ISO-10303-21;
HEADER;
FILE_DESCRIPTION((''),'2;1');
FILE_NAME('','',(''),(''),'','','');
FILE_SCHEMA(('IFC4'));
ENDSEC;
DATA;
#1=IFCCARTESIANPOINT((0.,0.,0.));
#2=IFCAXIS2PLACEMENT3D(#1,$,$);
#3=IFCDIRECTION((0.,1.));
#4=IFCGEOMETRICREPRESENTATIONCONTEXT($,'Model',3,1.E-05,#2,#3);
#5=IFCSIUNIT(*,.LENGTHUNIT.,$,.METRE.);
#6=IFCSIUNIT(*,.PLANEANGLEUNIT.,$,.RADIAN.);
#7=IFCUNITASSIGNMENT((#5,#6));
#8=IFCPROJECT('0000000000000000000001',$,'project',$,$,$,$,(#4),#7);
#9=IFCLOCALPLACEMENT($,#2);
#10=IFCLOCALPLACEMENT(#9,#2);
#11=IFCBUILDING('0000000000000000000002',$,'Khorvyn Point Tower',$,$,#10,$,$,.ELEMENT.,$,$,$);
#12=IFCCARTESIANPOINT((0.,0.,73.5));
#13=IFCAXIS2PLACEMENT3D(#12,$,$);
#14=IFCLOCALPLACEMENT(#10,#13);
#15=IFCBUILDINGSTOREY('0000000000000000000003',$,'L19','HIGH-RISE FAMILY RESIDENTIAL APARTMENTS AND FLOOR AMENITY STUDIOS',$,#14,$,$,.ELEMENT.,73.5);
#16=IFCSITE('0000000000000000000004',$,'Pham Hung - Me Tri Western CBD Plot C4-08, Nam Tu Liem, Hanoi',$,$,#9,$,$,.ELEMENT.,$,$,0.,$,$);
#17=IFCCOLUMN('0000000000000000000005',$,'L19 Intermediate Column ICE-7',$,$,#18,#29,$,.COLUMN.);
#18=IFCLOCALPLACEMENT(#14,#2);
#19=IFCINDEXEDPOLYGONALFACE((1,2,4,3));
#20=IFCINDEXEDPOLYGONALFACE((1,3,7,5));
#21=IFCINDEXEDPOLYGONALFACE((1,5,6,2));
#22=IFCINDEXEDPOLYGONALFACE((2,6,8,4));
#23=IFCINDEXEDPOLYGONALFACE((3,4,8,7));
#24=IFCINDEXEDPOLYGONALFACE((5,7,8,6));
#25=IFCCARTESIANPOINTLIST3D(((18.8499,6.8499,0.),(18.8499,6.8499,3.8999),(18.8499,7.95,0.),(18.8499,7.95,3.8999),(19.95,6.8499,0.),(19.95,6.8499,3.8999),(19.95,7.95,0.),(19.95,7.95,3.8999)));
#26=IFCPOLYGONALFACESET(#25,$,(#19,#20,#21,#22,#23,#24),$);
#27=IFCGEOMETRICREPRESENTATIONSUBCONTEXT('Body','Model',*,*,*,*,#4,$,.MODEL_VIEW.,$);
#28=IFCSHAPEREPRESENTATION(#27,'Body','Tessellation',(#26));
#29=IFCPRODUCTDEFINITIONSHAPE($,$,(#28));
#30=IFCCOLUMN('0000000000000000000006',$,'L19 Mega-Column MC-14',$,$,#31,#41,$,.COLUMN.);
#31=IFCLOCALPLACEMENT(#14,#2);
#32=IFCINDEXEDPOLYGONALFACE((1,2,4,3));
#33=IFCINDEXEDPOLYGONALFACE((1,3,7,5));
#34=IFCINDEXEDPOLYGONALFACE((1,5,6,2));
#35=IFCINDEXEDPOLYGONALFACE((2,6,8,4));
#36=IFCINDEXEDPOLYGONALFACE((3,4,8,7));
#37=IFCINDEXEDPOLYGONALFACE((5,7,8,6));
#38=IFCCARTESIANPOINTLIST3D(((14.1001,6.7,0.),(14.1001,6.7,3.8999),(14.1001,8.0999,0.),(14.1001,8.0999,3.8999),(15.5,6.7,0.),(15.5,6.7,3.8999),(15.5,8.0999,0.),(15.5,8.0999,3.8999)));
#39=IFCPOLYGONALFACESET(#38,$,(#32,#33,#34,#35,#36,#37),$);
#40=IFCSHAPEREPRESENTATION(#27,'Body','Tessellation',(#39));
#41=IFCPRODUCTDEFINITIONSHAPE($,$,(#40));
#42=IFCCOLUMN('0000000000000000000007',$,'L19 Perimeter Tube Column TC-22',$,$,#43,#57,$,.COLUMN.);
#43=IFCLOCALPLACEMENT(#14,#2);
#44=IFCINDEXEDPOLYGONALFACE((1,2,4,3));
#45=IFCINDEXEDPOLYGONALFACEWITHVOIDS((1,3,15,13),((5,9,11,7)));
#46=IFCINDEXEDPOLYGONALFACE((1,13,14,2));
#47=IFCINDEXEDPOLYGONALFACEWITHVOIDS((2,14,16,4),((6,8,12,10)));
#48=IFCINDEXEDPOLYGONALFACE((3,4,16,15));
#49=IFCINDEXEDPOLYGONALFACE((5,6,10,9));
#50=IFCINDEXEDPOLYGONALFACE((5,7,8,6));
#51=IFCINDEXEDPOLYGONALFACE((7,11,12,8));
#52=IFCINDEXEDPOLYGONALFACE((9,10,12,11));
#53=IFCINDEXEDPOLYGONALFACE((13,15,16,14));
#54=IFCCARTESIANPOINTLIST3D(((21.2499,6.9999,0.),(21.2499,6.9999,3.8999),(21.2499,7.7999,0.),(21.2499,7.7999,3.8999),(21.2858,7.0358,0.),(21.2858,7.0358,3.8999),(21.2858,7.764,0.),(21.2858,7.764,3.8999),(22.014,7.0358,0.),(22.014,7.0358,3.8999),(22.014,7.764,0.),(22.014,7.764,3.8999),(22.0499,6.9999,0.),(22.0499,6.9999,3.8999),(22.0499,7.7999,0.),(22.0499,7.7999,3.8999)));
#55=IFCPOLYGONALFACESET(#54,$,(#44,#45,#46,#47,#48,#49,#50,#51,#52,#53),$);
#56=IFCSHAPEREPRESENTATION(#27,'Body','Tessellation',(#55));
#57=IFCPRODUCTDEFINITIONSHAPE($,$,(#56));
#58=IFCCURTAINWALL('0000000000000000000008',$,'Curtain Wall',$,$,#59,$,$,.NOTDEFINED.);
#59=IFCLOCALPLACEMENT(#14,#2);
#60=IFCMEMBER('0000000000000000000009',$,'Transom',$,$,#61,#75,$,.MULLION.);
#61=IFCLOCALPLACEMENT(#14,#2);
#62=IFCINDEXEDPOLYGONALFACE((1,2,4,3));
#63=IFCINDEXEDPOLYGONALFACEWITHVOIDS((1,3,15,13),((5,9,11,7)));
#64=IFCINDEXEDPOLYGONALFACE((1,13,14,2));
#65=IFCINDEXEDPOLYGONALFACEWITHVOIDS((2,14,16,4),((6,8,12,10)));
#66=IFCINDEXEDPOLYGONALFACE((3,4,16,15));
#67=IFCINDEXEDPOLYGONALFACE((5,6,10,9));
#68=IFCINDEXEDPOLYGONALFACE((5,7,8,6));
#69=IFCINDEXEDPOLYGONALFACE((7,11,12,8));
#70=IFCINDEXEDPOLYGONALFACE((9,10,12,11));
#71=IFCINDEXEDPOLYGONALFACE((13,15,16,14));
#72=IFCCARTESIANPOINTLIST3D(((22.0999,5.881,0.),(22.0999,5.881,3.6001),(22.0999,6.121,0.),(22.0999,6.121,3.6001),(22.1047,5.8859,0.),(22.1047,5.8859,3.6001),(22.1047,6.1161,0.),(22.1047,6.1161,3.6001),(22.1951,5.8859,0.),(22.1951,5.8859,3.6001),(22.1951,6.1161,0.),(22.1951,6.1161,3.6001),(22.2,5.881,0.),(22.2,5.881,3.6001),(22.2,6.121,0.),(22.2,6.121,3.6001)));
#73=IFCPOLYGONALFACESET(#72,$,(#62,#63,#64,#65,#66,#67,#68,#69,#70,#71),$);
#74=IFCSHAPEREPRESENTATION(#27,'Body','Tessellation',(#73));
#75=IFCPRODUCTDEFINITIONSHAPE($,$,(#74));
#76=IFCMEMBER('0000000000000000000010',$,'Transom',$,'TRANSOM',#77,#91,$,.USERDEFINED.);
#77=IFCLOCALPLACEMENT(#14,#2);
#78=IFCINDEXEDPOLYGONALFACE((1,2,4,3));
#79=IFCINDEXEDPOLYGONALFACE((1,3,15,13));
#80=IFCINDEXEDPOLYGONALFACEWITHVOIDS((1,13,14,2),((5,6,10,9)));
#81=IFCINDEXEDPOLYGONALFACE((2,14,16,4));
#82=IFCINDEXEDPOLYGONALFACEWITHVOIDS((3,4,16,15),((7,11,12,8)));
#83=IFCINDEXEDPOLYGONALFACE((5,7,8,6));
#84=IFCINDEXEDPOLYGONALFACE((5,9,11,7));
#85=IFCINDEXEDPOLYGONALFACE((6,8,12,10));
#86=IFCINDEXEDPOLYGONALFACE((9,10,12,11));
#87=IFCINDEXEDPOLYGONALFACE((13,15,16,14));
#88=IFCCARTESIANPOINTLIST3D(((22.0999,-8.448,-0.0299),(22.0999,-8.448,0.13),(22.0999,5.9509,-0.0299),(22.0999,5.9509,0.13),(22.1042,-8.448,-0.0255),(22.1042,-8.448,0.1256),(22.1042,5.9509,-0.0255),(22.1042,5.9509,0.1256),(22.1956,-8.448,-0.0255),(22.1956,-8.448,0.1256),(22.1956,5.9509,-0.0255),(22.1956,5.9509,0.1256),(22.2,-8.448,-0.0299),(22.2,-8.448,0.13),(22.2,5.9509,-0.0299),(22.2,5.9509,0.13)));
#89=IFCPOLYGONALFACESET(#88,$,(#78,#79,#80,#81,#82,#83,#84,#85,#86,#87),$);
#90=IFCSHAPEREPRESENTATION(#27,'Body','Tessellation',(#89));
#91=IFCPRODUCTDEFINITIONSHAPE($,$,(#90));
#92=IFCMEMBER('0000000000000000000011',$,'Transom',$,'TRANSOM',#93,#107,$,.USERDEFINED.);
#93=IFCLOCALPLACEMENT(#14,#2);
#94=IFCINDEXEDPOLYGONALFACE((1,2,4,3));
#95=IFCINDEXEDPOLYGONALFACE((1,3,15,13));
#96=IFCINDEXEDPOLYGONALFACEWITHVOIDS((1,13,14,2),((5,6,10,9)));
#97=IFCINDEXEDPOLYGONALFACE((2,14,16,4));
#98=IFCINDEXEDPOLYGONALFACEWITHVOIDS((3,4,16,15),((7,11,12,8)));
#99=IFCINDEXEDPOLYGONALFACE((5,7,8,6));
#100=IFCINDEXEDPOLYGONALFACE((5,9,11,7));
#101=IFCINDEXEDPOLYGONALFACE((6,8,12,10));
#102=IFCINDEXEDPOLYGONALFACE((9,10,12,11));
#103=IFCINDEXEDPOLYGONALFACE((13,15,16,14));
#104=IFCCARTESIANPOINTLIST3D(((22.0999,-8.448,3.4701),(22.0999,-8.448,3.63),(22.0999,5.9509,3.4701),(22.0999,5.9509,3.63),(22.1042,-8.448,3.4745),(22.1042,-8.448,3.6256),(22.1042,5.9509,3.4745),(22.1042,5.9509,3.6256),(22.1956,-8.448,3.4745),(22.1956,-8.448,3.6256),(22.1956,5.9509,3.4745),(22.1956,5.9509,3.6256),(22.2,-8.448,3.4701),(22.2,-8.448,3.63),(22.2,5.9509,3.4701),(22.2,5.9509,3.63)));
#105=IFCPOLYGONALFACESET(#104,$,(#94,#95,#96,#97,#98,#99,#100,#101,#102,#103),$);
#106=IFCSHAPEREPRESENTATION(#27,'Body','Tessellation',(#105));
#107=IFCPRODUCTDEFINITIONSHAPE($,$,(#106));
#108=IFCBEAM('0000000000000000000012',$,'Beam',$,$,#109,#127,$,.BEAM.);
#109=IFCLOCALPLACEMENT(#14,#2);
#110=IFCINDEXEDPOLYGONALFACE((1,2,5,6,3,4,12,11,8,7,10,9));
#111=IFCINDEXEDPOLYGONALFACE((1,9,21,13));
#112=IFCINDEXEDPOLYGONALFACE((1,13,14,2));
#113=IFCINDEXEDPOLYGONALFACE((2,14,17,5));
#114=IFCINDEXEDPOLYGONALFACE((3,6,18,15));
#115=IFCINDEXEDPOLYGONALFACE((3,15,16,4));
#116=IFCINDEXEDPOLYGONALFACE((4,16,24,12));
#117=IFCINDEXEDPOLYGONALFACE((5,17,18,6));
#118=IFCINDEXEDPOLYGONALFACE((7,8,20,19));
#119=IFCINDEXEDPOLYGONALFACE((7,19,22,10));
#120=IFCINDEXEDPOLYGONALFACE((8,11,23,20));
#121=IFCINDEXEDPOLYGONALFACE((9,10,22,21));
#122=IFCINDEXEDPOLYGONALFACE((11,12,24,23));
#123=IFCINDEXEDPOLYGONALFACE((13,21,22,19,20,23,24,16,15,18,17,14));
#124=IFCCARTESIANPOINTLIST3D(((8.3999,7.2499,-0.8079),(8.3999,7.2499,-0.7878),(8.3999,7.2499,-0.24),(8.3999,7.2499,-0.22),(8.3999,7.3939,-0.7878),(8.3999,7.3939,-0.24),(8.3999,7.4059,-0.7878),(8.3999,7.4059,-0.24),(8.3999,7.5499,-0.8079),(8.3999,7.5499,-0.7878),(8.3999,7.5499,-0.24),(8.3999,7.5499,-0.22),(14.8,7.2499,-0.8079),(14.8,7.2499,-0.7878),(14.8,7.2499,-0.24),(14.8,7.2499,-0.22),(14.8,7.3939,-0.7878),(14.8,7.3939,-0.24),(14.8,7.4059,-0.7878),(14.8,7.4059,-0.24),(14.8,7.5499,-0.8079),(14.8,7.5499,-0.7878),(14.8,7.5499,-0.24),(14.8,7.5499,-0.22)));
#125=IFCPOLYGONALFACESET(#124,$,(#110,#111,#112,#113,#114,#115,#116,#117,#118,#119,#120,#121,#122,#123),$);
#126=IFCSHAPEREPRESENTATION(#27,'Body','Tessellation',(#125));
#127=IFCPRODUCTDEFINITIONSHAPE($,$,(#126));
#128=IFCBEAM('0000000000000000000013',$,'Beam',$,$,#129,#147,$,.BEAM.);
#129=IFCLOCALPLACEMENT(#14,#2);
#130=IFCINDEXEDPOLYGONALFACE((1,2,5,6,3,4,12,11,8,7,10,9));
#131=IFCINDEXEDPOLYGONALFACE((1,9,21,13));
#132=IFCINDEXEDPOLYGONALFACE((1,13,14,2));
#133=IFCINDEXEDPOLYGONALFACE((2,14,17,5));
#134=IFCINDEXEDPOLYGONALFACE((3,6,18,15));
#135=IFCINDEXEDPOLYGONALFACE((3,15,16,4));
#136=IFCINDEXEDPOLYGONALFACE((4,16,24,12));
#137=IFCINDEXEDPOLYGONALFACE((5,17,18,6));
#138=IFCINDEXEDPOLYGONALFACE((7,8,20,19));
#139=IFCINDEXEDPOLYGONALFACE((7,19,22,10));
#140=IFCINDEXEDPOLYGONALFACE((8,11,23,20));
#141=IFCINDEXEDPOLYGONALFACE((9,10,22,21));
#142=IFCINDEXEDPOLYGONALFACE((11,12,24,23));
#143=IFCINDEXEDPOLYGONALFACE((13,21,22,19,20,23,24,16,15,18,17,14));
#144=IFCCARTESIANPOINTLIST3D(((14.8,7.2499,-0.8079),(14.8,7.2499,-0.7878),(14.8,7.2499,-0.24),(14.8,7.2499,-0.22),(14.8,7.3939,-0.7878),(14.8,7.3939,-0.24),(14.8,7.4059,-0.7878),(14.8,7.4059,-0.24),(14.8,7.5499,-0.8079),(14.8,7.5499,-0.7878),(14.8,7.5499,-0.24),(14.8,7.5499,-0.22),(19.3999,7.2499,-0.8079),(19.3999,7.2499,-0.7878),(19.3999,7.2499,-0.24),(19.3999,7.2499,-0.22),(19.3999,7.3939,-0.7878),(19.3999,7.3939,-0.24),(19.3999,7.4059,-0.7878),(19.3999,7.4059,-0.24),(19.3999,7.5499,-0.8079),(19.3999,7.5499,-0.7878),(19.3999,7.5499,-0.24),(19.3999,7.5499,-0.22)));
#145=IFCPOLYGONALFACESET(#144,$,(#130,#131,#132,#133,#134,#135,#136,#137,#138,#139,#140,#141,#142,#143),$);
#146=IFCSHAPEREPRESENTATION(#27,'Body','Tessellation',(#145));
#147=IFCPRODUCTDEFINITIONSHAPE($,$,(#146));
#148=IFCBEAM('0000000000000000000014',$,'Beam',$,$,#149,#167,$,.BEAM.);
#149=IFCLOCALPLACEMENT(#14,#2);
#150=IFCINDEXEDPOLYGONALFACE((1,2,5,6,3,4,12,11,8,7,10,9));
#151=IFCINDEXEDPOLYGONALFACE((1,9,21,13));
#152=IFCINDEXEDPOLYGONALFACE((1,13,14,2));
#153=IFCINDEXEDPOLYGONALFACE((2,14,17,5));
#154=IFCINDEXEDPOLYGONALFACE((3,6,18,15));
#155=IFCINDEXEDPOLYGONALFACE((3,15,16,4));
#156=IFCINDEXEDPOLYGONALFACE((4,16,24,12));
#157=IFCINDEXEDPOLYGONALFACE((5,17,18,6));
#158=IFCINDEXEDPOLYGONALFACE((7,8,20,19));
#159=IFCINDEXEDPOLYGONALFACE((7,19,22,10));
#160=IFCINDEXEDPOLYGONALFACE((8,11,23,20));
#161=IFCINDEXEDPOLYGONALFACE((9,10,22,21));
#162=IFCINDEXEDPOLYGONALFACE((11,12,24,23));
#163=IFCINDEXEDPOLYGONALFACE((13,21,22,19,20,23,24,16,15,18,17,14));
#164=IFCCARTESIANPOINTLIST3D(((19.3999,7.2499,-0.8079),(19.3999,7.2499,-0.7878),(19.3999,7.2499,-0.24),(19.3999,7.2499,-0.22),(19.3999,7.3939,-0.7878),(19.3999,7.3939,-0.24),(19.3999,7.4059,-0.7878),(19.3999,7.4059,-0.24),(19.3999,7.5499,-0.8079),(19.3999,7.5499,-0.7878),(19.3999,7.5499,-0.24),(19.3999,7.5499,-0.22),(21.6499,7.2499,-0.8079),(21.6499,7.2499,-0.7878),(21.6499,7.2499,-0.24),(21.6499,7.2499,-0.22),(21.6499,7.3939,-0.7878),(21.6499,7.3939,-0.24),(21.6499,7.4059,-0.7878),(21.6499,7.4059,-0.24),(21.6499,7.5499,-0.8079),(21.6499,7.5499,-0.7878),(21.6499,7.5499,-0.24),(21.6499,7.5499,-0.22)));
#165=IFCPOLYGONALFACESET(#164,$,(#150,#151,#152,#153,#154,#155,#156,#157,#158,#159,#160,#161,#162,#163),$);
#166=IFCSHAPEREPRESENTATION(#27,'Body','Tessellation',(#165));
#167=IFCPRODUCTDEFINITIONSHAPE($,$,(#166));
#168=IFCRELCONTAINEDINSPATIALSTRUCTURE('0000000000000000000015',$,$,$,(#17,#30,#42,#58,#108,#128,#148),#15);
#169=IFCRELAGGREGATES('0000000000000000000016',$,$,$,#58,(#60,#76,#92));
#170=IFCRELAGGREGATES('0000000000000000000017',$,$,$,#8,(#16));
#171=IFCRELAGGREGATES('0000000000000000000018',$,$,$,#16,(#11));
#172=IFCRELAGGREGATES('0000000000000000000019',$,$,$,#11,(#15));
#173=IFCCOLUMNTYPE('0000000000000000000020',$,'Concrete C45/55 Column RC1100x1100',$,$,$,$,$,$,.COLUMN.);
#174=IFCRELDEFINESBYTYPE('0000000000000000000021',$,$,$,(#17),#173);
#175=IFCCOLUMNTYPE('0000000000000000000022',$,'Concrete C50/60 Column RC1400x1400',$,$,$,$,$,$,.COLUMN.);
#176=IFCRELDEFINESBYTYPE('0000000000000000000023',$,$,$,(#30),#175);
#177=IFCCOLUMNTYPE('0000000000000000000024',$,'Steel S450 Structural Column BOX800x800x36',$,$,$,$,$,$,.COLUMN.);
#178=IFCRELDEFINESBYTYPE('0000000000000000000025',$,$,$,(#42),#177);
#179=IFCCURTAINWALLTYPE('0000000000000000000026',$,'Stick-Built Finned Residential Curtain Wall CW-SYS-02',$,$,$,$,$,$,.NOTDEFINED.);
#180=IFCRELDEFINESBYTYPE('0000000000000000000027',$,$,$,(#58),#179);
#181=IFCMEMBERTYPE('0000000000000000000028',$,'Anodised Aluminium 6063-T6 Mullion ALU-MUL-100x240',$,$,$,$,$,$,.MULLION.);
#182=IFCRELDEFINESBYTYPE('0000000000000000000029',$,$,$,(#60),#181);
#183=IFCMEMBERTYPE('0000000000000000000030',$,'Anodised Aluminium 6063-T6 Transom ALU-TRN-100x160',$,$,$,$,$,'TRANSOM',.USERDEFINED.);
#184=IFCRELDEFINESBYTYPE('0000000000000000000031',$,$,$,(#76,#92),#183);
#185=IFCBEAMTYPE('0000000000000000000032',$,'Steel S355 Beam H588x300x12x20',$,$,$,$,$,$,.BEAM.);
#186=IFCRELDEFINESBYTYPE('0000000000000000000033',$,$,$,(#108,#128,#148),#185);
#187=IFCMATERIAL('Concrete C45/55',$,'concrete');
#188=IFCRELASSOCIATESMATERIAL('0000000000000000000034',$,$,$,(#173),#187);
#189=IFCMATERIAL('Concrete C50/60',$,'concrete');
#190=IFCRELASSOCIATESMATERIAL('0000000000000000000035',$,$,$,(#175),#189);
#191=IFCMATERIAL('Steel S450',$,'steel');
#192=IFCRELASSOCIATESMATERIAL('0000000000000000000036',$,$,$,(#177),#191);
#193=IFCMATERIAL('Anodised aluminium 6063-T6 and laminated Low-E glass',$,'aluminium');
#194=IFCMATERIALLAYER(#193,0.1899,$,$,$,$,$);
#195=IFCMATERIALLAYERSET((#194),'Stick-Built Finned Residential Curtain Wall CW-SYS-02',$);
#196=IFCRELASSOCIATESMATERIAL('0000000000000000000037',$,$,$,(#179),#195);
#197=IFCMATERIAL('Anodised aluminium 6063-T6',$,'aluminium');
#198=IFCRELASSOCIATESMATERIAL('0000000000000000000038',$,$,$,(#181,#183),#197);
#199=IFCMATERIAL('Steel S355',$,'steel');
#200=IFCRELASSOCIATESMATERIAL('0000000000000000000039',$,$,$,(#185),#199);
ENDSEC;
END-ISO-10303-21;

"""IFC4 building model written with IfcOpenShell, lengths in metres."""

from ifc_helpers import new_model, si_unit, direction, frame, origin, origin_2d, place, context, subcontext, project, spatial, rectangle, hollow_rectangle, i_section, extrude, material, layer, layer_set, material_profile, profile_set, type_object, element, aggregate, save


model = new_model("IFC4")

# Units and contexts
model_context = context("Model", 3, precision=1e-05, world=origin(), true_north=direction((0.0, 1.0)))
body_context = subcontext(model_context, "Body", "Model", "MODEL_VIEW")
ifc_project = project(units=[si_unit("LENGTHUNIT", "METRE"), si_unit("PLANEANGLEUNIT", "RADIAN")], contexts=[model_context])

# Site, building, storey
site_placement = place(None, origin())
site = spatial("IfcSite", under=ifc_project, at=site_placement, Name="Pham Hung - Me Tri Western CBD Plot C4-08, Nam Tu Liem, Hanoi", CompositionType="ELEMENT", RefElevation=0.0)
building_placement = place(site_placement, origin())
building = spatial("IfcBuilding", under=site, at=building_placement, Name="Khorvyn Point Tower", CompositionType="ELEMENT")
storey_placement = place(building_placement, frame((0.0, 0.0, 73.5)))
storey = spatial("IfcBuildingStorey", under=building, at=storey_placement, Name="L19", Description="HIGH-RISE FAMILY RESIDENTIAL APARTMENTS AND FLOOR AMENITY STUDIOS", CompositionType="ELEMENT", Elevation=73.5)

# Columns
ifc_material_1 = material(Name="Concrete C45/55", Category="concrete")
ifc_material_profile_1 = material_profile(ifc_material_1, rectangle(XDim=1.1001, YDim=1.1001, at=origin_2d()))
ifc_profile_set_1 = profile_set([ifc_material_profile_1], Name="Concrete C45/55 RC1100x1100")
column_type_1 = type_object("IfcColumnType", Name="Concrete C45/55 Column RC1100x1100", PredefinedType="COLUMN", material=ifc_profile_set_1)
column_1_placement = place(storey_placement, frame((19.3999, 7.3999, 0.0), z_axis=(0.0, 0.0, 1.0), x_axis=(1.0, 0.0, 0.0)))
element("IfcColumn", 1, at=column_1_placement, inside=storey, type_object=column_type_1, Name="L19 Intermediate Column ICE-7", PredefinedType="COLUMN", context=body_context, shape_type="SweptSolid", body=[
    extrude(rectangle(XDim=1.1001, YDim=1.1001, at=origin_2d()), origin(), (0.0, 0.0, 1.0), 3.8999),
])
ifc_material_2 = material(Name="Concrete C50/60", Category="concrete")
ifc_material_profile_2 = material_profile(ifc_material_2, rectangle(XDim=1.3999, YDim=1.3999, at=origin_2d()))
ifc_profile_set_2 = profile_set([ifc_material_profile_2], Name="Concrete C50/60 RC1400x1400")
column_type_2 = type_object("IfcColumnType", Name="Concrete C50/60 Column RC1400x1400", PredefinedType="COLUMN", material=ifc_profile_set_2)
column_2_placement = place(storey_placement, frame((14.8, 7.3999, 0.0), z_axis=(0.0, 0.0, 1.0), x_axis=(1.0, 0.0, 0.0)))
element("IfcColumn", 2, at=column_2_placement, inside=storey, type_object=column_type_2, Name="L19 Mega-Column MC-14", PredefinedType="COLUMN", context=body_context, shape_type="SweptSolid", body=[
    extrude(rectangle(XDim=1.3999, YDim=1.3999, at=origin_2d()), origin(), (0.0, 0.0, 1.0), 3.8999),
])
ifc_material_3 = material(Name="Steel S450", Category="steel")
ifc_material_profile_3 = material_profile(ifc_material_3, hollow_rectangle(XDim=0.8, YDim=0.8, WallThickness=0.0359, at=origin_2d()))
ifc_profile_set_3 = profile_set([ifc_material_profile_3], Name="Steel S450 BOX800x800x36")
column_type_3 = type_object("IfcColumnType", Name="Steel S450 Structural Column BOX800x800x36", PredefinedType="COLUMN", material=ifc_profile_set_3)
column_3_placement = place(storey_placement, frame((21.6499, 7.3999, 0.0), z_axis=(0.0, 0.0, 1.0), x_axis=(1.0, 0.0, 0.0)))
element("IfcColumn", 3, at=column_3_placement, inside=storey, type_object=column_type_3, Name="L19 Perimeter Tube Column TC-22", PredefinedType="COLUMN", context=body_context, shape_type="SweptSolid", body=[
    extrude(hollow_rectangle(XDim=0.8, YDim=0.8, WallThickness=0.0359, at=origin_2d()), origin(), (0.0, 0.0, 1.0), 3.8999),
])

# Curtain wall, members
ifc_material_4 = material(Name="Anodised aluminium 6063-T6 and laminated Low-E glass", Category="aluminium")
ifc_layer_1 = layer(ifc_material_4, 0.1899)
ifc_layer_set_1 = layer_set([ifc_layer_1], Name="Stick-Built Finned Residential Curtain Wall CW-SYS-02")
curtain_wall_type = type_object("IfcCurtainWallType", Name="Stick-Built Finned Residential Curtain Wall CW-SYS-02", PredefinedType="NOTDEFINED", material=ifc_layer_set_1)
curtain_wall_placement = place(storey_placement, origin())
curtain_wall = element("IfcCurtainWall", 4, at=curtain_wall_placement, inside=storey, type_object=curtain_wall_type, Name="Curtain Wall", PredefinedType="NOTDEFINED")
ifc_material_5 = material(Name="Anodised aluminium 6063-T6", Category="aluminium")
ifc_material_profile_4 = material_profile(ifc_material_5, hollow_rectangle(XDim=0.1001, YDim=0.24, WallThickness=0.0049, at=origin_2d()))
ifc_profile_set_4 = profile_set([ifc_material_profile_4], Name="Anodised aluminium 6063-T6 ALU-MUL-100x240")
member_type_1 = type_object("IfcMemberType", Name="Anodised Aluminium 6063-T6 Mullion ALU-MUL-100x240", PredefinedType="MULLION", material=ifc_profile_set_4)
member_1_placement = place(storey_placement, frame((22.1499, 6.001, 0.0), z_axis=(0.0, 0.0, 1.0), x_axis=(1.0, 0.0, 0.0)))
member_1 = element("IfcMember", 5, at=member_1_placement, type_object=member_type_1, Name="Transom", PredefinedType="MULLION", context=body_context, shape_type="SweptSolid", body=[
    extrude(hollow_rectangle(XDim=0.1001, YDim=0.24, WallThickness=0.0049, at=origin_2d()), origin(), (0.0, 0.0, 1.0), 3.6001),
])
ifc_material_profile_5 = material_profile(ifc_material_5, hollow_rectangle(XDim=0.1001, YDim=0.1599, WallThickness=0.0044, at=origin_2d()))
ifc_profile_set_5 = profile_set([ifc_material_profile_5], Name="Anodised aluminium 6063-T6 ALU-TRN-100x160")
member_type_2 = type_object("IfcMemberType", Name="Anodised Aluminium 6063-T6 Transom ALU-TRN-100x160", ElementType="TRANSOM", PredefinedType="USERDEFINED", material=ifc_profile_set_5)
member_2_placement = place(storey_placement, frame((22.1499, 5.9509, 0.05), z_axis=(0.0, -1.0, 0.0), x_axis=(1.0, 0.0, 0.0)))
member_2 = element("IfcMember", 6, at=member_2_placement, type_object=member_type_2, Name="Transom", ObjectType="TRANSOM", PredefinedType="USERDEFINED", context=body_context, shape_type="SweptSolid", body=[
    extrude(hollow_rectangle(XDim=0.1001, YDim=0.1599, WallThickness=0.0044, at=origin_2d()), origin(), (0.0, 0.0, 1.0), 14.3989),
])
member_3_placement = place(storey_placement, frame((22.1499, 5.9509, 3.55), z_axis=(0.0, -1.0, 0.0), x_axis=(1.0, 0.0, 0.0)))
member_3 = element("IfcMember", 7, at=member_3_placement, type_object=member_type_2, Name="Transom", ObjectType="TRANSOM", PredefinedType="USERDEFINED", context=body_context, shape_type="SweptSolid", body=[
    extrude(hollow_rectangle(XDim=0.1001, YDim=0.1599, WallThickness=0.0044, at=origin_2d()), origin(), (0.0, 0.0, 1.0), 14.3989),
])

# Beams
ifc_material_6 = material(Name="Steel S355", Category="steel")
ifc_material_profile_6 = material_profile(ifc_material_6, i_section(OverallWidth=0.3, OverallDepth=0.5879, WebThickness=0.012, FlangeThickness=0.02, at=origin_2d()))
ifc_profile_set_6 = profile_set([ifc_material_profile_6], Name="Steel S355 H588x300x12x20")
beam_type_1 = type_object("IfcBeamType", Name="Steel S355 Beam H588x300x12x20", PredefinedType="BEAM", material=ifc_profile_set_6)
beam_1_placement = place(storey_placement, frame((8.3999, 7.3999, -0.5139), z_axis=(1.0, 0.0, 0.0), x_axis=(0.0, 1.0, 0.0)))
element("IfcBeam", 8, at=beam_1_placement, inside=storey, type_object=beam_type_1, Name="Beam", PredefinedType="BEAM", context=body_context, shape_type="SweptSolid", body=[
    extrude(i_section(OverallWidth=0.3, OverallDepth=0.5879, WebThickness=0.012, FlangeThickness=0.02, at=origin_2d()), origin(), (0.0, 0.0, 1.0), 6.4001),
])
beam_2_placement = place(storey_placement, frame((14.8, 7.3999, -0.5139), z_axis=(1.0, 0.0, 0.0), x_axis=(0.0, 1.0, 0.0)))
element("IfcBeam", 9, at=beam_2_placement, inside=storey, type_object=beam_type_1, Name="Beam", PredefinedType="BEAM", context=body_context, shape_type="SweptSolid", body=[
    extrude(i_section(OverallWidth=0.3, OverallDepth=0.5879, WebThickness=0.012, FlangeThickness=0.02, at=origin_2d()), origin(), (0.0, 0.0, 1.0), 4.5999),
])
beam_3_placement = place(storey_placement, frame((19.3999, 7.3999, -0.5139), z_axis=(1.0, 0.0, 0.0), x_axis=(0.0, 1.0, 0.0)))
element("IfcBeam", 10, at=beam_3_placement, inside=storey, type_object=beam_type_1, Name="Beam", PredefinedType="BEAM", context=body_context, shape_type="SweptSolid", body=[
    extrude(i_section(OverallWidth=0.3, OverallDepth=0.5879, WebThickness=0.012, FlangeThickness=0.02, at=origin_2d()), origin(), (0.0, 0.0, 1.0), 2.25),
])

aggregate(curtain_wall, [member_1, member_2, member_3])

save(model, "model.ifc")
